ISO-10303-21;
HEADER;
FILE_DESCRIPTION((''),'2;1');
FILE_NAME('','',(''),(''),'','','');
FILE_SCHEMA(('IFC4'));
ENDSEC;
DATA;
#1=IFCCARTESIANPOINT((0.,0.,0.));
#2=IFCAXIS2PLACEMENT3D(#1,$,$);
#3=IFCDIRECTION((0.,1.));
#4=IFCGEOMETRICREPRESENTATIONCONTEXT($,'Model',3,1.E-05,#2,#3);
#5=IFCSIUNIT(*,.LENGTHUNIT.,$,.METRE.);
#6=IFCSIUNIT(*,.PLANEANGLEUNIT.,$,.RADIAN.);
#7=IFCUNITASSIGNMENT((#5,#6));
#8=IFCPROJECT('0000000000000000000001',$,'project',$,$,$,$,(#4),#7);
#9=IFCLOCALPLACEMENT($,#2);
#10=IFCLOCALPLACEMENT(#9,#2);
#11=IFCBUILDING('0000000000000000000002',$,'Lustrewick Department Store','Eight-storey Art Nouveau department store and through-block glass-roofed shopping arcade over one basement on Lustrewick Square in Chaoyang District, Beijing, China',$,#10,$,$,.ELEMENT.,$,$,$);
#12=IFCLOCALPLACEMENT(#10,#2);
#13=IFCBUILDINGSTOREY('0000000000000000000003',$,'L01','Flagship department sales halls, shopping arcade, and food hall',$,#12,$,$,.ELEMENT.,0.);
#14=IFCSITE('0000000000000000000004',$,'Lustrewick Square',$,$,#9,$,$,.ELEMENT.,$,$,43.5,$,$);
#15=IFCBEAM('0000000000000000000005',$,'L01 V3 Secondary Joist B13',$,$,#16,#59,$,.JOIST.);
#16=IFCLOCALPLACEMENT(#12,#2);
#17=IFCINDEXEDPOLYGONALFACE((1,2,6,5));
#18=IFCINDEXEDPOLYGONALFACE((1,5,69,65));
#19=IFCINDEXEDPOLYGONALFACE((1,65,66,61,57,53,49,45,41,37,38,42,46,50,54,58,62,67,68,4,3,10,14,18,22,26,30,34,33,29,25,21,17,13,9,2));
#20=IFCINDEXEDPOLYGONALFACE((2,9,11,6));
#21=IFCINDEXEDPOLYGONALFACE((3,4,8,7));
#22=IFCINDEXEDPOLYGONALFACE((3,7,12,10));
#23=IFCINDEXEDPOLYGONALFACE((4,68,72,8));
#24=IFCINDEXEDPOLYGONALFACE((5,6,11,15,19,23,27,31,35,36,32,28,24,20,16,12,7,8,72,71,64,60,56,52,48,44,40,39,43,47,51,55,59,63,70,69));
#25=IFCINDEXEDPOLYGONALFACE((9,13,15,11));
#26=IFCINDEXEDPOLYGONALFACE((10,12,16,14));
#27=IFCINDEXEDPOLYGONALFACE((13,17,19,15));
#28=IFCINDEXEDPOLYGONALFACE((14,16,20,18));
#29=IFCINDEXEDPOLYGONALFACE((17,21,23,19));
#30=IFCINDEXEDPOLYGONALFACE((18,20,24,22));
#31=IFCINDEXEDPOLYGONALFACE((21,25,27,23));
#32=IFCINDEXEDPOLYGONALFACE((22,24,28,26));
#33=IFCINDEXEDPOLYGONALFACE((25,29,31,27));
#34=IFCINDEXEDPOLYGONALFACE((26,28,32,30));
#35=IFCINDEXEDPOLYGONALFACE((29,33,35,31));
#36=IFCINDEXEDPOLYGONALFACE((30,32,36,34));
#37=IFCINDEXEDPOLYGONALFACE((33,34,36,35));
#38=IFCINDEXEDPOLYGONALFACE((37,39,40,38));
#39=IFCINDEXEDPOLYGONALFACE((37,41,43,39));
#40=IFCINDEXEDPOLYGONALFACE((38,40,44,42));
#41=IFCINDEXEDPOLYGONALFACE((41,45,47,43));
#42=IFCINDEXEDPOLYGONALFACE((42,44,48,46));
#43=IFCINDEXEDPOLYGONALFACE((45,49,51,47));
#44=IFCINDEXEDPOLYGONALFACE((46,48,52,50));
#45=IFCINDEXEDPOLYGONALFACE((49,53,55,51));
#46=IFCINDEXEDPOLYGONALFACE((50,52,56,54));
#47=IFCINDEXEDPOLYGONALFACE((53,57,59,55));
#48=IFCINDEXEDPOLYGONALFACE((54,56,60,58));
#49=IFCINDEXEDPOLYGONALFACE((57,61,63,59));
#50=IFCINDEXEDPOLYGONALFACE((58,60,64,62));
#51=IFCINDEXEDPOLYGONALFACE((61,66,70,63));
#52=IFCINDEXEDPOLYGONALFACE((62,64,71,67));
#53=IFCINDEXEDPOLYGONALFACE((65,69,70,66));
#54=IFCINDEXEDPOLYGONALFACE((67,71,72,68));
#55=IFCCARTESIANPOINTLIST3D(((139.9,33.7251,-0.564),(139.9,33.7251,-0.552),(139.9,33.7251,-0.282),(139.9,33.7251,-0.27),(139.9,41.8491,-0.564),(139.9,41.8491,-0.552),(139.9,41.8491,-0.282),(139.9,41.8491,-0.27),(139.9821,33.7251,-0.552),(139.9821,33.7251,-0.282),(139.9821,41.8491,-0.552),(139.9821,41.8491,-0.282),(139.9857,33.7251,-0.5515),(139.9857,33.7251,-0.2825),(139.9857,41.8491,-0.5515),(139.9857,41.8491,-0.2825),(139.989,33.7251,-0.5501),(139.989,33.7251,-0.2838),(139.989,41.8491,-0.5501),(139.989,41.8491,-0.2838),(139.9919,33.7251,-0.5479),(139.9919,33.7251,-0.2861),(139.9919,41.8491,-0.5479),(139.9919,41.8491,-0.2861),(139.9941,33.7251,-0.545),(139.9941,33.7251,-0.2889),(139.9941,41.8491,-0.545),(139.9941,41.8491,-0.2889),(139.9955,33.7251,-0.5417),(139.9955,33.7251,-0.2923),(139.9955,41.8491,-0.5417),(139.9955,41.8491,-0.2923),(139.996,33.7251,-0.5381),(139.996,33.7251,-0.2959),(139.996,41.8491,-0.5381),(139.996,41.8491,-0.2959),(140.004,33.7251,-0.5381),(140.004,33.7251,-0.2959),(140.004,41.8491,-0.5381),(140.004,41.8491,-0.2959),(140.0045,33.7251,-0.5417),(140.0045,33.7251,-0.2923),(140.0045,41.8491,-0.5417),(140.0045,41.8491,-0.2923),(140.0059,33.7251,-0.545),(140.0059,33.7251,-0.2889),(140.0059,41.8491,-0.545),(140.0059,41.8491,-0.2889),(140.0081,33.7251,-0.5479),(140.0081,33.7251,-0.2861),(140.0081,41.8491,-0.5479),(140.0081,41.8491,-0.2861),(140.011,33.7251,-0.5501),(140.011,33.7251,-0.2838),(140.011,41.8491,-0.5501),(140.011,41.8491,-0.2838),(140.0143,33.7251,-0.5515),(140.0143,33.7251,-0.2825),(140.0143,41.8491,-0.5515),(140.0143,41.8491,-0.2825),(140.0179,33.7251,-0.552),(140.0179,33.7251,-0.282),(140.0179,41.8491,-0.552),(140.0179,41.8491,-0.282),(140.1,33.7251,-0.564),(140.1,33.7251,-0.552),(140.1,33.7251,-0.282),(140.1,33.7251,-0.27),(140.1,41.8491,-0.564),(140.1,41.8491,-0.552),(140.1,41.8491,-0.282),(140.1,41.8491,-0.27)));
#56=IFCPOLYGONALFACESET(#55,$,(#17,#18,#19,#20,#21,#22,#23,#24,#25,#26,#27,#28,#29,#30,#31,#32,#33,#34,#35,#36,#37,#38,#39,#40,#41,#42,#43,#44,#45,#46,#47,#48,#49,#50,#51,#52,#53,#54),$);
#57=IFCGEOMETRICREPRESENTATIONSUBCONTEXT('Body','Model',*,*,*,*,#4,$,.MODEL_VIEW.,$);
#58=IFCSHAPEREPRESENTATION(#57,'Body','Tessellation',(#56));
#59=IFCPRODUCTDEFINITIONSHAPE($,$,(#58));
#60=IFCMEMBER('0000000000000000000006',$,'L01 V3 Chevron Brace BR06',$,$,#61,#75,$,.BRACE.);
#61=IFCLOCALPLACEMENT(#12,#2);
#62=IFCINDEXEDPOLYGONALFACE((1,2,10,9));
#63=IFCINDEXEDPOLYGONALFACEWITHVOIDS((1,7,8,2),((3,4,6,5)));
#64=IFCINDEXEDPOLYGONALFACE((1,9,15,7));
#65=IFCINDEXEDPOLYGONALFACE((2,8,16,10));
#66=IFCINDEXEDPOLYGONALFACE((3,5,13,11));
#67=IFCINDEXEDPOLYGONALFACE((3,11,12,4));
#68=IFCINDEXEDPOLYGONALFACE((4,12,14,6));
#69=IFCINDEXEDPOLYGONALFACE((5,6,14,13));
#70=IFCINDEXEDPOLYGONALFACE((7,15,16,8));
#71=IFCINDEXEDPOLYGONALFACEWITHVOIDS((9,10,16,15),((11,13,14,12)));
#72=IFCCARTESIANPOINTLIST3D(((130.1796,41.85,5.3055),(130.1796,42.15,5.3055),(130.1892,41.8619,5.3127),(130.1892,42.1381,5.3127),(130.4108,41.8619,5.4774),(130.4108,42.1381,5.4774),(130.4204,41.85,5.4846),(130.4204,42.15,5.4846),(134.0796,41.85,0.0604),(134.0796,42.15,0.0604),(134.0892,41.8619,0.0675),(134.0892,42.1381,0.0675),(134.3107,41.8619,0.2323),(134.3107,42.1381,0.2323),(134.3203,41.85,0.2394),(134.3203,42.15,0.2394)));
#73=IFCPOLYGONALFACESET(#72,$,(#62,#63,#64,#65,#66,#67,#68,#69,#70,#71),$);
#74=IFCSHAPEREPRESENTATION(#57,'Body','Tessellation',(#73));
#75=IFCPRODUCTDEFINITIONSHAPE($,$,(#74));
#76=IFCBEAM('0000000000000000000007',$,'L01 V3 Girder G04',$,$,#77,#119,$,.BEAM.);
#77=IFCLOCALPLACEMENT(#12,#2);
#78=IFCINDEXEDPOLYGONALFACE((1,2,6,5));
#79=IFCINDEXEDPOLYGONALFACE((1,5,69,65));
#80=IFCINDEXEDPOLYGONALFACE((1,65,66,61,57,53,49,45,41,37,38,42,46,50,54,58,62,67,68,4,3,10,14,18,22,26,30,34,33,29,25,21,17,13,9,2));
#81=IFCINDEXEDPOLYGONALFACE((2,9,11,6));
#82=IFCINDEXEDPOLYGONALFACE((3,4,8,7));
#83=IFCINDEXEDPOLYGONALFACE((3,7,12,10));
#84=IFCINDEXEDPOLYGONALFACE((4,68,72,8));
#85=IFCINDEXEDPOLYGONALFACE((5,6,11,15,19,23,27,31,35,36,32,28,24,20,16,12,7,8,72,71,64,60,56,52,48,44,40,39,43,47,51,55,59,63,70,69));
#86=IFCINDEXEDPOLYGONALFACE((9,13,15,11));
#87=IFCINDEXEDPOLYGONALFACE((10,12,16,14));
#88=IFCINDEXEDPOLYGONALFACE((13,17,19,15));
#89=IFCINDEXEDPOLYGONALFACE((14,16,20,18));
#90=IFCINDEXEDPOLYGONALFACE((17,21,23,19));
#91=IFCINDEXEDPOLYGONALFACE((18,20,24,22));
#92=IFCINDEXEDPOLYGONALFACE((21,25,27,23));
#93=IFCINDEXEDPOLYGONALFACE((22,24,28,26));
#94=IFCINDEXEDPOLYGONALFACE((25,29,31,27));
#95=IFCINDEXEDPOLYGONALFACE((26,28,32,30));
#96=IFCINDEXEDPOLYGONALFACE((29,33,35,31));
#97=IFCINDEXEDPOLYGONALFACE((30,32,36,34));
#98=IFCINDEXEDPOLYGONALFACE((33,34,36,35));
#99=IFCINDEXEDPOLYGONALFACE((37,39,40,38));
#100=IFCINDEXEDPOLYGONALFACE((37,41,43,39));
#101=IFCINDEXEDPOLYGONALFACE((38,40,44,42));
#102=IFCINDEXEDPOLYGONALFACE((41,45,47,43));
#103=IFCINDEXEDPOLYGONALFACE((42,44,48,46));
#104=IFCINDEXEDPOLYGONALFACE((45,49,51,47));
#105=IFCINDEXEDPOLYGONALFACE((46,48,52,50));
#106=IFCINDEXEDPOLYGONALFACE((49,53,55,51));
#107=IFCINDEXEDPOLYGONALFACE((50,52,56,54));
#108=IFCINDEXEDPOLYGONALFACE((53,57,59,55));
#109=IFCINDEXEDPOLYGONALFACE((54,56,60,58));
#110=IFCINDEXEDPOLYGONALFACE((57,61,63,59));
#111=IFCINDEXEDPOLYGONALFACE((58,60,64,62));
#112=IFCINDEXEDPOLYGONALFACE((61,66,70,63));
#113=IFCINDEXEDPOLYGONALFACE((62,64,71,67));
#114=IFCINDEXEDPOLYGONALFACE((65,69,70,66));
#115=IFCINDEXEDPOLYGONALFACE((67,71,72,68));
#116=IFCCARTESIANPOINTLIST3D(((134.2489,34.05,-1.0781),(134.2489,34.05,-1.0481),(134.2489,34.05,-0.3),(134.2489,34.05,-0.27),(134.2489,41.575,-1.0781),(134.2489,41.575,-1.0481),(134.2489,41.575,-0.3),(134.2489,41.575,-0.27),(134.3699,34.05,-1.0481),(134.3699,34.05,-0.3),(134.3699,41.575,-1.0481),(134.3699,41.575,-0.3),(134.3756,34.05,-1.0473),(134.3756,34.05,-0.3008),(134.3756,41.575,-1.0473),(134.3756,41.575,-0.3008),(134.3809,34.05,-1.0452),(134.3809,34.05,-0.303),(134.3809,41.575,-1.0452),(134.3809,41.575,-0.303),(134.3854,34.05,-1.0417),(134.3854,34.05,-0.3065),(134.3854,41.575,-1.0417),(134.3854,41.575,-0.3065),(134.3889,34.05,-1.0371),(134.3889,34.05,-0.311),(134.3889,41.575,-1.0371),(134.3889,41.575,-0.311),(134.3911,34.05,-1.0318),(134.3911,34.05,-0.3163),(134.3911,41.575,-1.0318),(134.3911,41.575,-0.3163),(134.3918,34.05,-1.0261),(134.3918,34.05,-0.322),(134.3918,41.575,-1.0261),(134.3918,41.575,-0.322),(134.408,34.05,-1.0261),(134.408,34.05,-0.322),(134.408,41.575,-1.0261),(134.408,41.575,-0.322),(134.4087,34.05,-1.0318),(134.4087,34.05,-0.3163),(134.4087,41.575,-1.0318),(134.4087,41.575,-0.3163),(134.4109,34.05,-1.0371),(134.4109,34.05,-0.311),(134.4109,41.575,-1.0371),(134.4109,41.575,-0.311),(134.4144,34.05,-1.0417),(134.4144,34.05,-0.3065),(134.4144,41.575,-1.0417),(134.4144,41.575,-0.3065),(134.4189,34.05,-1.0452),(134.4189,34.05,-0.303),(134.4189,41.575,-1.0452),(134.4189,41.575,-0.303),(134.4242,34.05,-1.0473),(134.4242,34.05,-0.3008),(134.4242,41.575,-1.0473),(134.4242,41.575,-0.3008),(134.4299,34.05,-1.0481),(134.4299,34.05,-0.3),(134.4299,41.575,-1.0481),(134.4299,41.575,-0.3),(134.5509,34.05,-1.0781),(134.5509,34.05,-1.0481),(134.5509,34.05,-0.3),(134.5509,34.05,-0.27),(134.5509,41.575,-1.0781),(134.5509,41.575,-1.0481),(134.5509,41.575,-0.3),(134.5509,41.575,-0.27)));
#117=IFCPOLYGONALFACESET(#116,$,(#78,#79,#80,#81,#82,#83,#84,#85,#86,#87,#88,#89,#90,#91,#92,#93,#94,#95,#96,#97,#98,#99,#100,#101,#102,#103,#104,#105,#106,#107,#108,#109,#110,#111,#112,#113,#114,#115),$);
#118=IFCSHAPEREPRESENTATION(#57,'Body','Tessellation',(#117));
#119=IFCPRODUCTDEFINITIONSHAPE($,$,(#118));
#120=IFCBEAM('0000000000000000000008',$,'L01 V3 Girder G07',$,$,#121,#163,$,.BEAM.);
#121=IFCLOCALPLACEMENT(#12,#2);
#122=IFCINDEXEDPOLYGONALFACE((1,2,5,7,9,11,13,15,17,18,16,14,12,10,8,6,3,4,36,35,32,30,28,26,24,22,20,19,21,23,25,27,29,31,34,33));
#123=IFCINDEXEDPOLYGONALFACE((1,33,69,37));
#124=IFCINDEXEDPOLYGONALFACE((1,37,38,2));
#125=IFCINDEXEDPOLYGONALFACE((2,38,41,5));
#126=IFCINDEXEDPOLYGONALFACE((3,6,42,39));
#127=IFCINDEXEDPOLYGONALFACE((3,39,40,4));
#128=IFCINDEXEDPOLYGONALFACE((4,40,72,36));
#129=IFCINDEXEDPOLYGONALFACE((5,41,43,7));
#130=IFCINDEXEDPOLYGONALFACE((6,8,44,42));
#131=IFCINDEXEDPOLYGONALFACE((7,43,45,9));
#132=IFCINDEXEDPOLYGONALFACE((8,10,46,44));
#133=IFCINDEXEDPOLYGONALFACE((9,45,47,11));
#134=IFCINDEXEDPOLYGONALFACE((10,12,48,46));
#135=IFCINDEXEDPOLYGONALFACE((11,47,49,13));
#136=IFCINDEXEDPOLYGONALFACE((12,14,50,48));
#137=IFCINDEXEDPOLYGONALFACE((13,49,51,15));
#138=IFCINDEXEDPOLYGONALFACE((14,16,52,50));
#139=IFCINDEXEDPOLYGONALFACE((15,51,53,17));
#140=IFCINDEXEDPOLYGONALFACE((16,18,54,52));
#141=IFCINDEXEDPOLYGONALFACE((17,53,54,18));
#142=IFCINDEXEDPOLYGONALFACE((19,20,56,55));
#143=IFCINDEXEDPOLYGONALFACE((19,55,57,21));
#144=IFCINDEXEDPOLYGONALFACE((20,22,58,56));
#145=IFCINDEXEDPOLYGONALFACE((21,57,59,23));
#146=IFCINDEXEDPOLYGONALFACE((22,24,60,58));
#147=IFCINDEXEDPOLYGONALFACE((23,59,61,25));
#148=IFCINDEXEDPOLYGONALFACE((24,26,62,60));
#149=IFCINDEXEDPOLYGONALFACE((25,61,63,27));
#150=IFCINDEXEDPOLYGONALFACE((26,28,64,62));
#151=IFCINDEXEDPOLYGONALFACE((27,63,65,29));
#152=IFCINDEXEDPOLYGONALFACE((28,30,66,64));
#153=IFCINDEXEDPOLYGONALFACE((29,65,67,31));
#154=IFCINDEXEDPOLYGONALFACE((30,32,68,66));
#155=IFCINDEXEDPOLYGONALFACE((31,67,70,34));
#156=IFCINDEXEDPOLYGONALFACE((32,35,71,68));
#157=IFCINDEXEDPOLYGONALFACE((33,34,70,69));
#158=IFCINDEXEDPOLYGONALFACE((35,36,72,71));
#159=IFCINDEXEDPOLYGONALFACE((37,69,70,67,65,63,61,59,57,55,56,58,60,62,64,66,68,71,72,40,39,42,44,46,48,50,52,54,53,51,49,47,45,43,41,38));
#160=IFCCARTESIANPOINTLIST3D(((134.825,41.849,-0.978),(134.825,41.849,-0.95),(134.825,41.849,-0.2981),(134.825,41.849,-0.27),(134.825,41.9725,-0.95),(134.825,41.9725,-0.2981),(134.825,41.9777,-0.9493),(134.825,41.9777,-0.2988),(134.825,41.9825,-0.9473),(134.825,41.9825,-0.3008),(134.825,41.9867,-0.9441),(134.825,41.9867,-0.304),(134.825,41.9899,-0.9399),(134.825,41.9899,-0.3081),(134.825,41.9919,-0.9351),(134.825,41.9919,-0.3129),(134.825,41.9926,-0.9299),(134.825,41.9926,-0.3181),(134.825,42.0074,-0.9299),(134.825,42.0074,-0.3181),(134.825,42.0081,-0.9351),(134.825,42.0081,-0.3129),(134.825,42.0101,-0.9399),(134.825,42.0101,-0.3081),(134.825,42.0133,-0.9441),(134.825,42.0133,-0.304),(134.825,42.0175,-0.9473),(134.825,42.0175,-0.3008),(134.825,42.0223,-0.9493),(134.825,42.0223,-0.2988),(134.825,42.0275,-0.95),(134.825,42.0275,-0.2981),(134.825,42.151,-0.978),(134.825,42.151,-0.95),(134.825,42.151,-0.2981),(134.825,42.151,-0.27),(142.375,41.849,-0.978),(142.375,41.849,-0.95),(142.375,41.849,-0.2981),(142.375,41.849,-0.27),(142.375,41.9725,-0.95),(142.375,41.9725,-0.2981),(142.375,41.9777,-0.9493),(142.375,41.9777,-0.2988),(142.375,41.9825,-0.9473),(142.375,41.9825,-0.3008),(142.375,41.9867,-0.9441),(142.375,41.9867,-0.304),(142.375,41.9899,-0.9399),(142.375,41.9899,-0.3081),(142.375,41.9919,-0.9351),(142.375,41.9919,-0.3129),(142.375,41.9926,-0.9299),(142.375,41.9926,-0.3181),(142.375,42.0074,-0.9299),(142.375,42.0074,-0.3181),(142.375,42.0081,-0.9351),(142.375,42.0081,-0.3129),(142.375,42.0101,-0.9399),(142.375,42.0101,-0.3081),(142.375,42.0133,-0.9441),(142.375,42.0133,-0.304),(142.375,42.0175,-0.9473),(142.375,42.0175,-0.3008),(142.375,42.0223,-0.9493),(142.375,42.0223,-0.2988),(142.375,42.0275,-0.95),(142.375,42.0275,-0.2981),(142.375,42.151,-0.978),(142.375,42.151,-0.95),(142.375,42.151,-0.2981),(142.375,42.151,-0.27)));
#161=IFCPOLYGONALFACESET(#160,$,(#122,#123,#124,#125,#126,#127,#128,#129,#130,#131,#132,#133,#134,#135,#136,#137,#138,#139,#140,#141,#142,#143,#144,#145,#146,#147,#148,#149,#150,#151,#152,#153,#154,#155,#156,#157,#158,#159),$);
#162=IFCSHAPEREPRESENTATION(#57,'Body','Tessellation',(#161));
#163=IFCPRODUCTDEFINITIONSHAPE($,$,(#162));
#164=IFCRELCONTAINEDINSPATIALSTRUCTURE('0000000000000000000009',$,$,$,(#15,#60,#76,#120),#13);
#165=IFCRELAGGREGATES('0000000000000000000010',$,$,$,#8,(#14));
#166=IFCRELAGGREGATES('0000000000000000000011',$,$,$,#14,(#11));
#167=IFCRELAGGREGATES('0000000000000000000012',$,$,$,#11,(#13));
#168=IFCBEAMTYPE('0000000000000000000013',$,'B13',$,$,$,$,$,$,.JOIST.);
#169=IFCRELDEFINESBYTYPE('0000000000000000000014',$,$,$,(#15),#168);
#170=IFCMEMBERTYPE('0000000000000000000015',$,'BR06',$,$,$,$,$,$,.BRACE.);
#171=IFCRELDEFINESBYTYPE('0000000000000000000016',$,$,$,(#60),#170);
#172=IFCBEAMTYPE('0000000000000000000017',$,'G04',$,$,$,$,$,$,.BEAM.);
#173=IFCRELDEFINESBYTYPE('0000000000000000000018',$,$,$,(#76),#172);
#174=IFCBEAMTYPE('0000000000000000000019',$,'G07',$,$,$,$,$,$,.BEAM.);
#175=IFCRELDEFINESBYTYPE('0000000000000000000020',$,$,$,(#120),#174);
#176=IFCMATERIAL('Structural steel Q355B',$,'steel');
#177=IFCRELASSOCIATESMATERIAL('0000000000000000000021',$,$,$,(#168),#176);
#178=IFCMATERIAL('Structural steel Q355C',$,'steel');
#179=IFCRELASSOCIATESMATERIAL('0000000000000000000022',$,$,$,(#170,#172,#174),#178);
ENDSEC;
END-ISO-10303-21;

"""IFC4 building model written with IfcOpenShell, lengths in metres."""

from ifc_helpers import new_model, si_unit, direction, frame, origin, origin_2d, place, context, subcontext, project, spatial, hollow_rectangle, i_section, extrude, material, material_profile, profile_set, type_object, element, save


model = new_model("IFC4")

# Units and contexts
model_context = context("Model", 3, precision=1e-05, world=origin(), true_north=direction((0.0, 1.0)))
body_context = subcontext(model_context, "Body", "Model", "MODEL_VIEW")
ifc_project = project(units=[si_unit("LENGTHUNIT", "METRE"), si_unit("PLANEANGLEUNIT", "RADIAN")], contexts=[model_context])

# Site, building, storey
site_placement = place(None, origin())
site = spatial("IfcSite", under=ifc_project, at=site_placement, Name="Lustrewick Square", CompositionType="ELEMENT", RefElevation=43.5)
building_placement = place(site_placement, origin())
building = spatial("IfcBuilding", under=site, at=building_placement, Name="Lustrewick Department Store", Description="Eight-storey Art Nouveau department store and through-block glass-roofed shopping arcade over one basement on Lustrewick Square in Chaoyang District, Beijing, China", CompositionType="ELEMENT")
storey_placement = place(building_placement, origin())
storey = spatial("IfcBuildingStorey", under=building, at=storey_placement, Name="L01", Description="Flagship department sales halls, shopping arcade, and food hall", CompositionType="ELEMENT", Elevation=0.0)

# Shared definitions
ifc_material_1 = material(Name="Structural steel Q355B", Category="steel")

# Beam
ifc_material_profile_1 = material_profile(ifc_material_1, i_section(OverallWidth=0.2, OverallDepth=0.2939, WebThickness=0.0081, FlangeThickness=0.012, FilletRadius=0.0139, at=origin_2d()), Name="HM 294x200x8x12")
ifc_profile_set_1 = profile_set([ifc_material_profile_1], Name="Structural steel Q355B")
beam_type_1 = type_object("IfcBeamType", Name="B13", PredefinedType="JOIST", material=ifc_profile_set_1)
beam_1_placement = place(storey_placement, frame((140.0, 33.7251, -0.417), z_axis=(0.0, 1.0, 0.0), x_axis=(-1.0, 0.0, 0.0)))
element("IfcBeam", 1, at=beam_1_placement, inside=storey, type_object=beam_type_1, Name="L01 V3 Secondary Joist B13", PredefinedType="JOIST", context=body_context, shape_type="SweptSolid", body=[
    extrude(i_section(OverallWidth=0.2, OverallDepth=0.2939, WebThickness=0.0081, FlangeThickness=0.012, FilletRadius=0.0139, at=origin_2d()), origin(), (0.0, 0.0, 1.0), 8.124),
])

# Member
ifc_material_2 = material(Name="Structural steel Q355C", Category="steel")
ifc_material_profile_2 = material_profile(ifc_material_2, hollow_rectangle(XDim=0.3, YDim=0.3, WallThickness=0.012, at=origin_2d()), Name="SHS 300x300x12")
ifc_profile_set_2 = profile_set([ifc_material_profile_2], Name="Structural steel Q355C")
member_type = type_object("IfcMemberType", Name="BR06", PredefinedType="BRACE", material=ifc_profile_set_2)
member_placement = place(storey_placement, frame((134.2, 42.0, 0.1499), z_axis=(-0.596672, 0.0, 0.802485), x_axis=(0.0, -1.0, 0.0)))
element("IfcMember", 2, at=member_placement, inside=storey, type_object=member_type, Name="L01 V3 Chevron Brace BR06", PredefinedType="BRACE", context=body_context, shape_type="SweptSolid", body=[
    extrude(hollow_rectangle(XDim=0.3, YDim=0.3, WallThickness=0.012, at=origin_2d()), origin(), (0.0, 0.0, 1.0), 6.5361),
])

# Beams
ifc_material_profile_3 = material_profile(ifc_material_2, i_section(OverallWidth=0.302, OverallDepth=0.8081, WebThickness=0.0161, FlangeThickness=0.03, FilletRadius=0.022, at=origin_2d()), Name="HN 808x302x16x30")
ifc_profile_set_3 = profile_set([ifc_material_profile_3], Name="Structural steel Q355C")
beam_type_2 = type_object("IfcBeamType", Name="G04", PredefinedType="BEAM", material=ifc_profile_set_3)
beam_2_placement = place(storey_placement, frame((134.3999, 34.05, -0.6741), z_axis=(0.0, 1.0, 0.0), x_axis=(-1.0, 0.0, 0.0)))
element("IfcBeam", 3, at=beam_2_placement, inside=storey, type_object=beam_type_2, Name="L01 V3 Girder G04", PredefinedType="BEAM", context=body_context, shape_type="SweptSolid", body=[
    extrude(i_section(OverallWidth=0.302, OverallDepth=0.8081, WebThickness=0.0161, FlangeThickness=0.03, FilletRadius=0.022, at=origin_2d()), origin(), (0.0, 0.0, 1.0), 7.5249),
])
ifc_material_profile_4 = material_profile(ifc_material_2, i_section(OverallWidth=0.302, OverallDepth=0.708, WebThickness=0.0149, FlangeThickness=0.0281, FilletRadius=0.02, at=origin_2d()), Name="HN 708x302x15x28")
ifc_profile_set_4 = profile_set([ifc_material_profile_4], Name="Structural steel Q355C")
beam_type_3 = type_object("IfcBeamType", Name="G07", PredefinedType="BEAM", material=ifc_profile_set_4)
beam_3_placement = place(storey_placement, frame((134.825, 42.0, -0.624), z_axis=(1.0, 0.0, 0.0), x_axis=(0.0, 1.0, 0.0)))
element("IfcBeam", 4, at=beam_3_placement, inside=storey, type_object=beam_type_3, Name="L01 V3 Girder G07", PredefinedType="BEAM", context=body_context, shape_type="SweptSolid", body=[
    extrude(i_section(OverallWidth=0.302, OverallDepth=0.708, WebThickness=0.0149, FlangeThickness=0.0281, FilletRadius=0.02, at=origin_2d()), origin(), (0.0, 0.0, 1.0), 7.55),
])

save(model, "model.ifc")
